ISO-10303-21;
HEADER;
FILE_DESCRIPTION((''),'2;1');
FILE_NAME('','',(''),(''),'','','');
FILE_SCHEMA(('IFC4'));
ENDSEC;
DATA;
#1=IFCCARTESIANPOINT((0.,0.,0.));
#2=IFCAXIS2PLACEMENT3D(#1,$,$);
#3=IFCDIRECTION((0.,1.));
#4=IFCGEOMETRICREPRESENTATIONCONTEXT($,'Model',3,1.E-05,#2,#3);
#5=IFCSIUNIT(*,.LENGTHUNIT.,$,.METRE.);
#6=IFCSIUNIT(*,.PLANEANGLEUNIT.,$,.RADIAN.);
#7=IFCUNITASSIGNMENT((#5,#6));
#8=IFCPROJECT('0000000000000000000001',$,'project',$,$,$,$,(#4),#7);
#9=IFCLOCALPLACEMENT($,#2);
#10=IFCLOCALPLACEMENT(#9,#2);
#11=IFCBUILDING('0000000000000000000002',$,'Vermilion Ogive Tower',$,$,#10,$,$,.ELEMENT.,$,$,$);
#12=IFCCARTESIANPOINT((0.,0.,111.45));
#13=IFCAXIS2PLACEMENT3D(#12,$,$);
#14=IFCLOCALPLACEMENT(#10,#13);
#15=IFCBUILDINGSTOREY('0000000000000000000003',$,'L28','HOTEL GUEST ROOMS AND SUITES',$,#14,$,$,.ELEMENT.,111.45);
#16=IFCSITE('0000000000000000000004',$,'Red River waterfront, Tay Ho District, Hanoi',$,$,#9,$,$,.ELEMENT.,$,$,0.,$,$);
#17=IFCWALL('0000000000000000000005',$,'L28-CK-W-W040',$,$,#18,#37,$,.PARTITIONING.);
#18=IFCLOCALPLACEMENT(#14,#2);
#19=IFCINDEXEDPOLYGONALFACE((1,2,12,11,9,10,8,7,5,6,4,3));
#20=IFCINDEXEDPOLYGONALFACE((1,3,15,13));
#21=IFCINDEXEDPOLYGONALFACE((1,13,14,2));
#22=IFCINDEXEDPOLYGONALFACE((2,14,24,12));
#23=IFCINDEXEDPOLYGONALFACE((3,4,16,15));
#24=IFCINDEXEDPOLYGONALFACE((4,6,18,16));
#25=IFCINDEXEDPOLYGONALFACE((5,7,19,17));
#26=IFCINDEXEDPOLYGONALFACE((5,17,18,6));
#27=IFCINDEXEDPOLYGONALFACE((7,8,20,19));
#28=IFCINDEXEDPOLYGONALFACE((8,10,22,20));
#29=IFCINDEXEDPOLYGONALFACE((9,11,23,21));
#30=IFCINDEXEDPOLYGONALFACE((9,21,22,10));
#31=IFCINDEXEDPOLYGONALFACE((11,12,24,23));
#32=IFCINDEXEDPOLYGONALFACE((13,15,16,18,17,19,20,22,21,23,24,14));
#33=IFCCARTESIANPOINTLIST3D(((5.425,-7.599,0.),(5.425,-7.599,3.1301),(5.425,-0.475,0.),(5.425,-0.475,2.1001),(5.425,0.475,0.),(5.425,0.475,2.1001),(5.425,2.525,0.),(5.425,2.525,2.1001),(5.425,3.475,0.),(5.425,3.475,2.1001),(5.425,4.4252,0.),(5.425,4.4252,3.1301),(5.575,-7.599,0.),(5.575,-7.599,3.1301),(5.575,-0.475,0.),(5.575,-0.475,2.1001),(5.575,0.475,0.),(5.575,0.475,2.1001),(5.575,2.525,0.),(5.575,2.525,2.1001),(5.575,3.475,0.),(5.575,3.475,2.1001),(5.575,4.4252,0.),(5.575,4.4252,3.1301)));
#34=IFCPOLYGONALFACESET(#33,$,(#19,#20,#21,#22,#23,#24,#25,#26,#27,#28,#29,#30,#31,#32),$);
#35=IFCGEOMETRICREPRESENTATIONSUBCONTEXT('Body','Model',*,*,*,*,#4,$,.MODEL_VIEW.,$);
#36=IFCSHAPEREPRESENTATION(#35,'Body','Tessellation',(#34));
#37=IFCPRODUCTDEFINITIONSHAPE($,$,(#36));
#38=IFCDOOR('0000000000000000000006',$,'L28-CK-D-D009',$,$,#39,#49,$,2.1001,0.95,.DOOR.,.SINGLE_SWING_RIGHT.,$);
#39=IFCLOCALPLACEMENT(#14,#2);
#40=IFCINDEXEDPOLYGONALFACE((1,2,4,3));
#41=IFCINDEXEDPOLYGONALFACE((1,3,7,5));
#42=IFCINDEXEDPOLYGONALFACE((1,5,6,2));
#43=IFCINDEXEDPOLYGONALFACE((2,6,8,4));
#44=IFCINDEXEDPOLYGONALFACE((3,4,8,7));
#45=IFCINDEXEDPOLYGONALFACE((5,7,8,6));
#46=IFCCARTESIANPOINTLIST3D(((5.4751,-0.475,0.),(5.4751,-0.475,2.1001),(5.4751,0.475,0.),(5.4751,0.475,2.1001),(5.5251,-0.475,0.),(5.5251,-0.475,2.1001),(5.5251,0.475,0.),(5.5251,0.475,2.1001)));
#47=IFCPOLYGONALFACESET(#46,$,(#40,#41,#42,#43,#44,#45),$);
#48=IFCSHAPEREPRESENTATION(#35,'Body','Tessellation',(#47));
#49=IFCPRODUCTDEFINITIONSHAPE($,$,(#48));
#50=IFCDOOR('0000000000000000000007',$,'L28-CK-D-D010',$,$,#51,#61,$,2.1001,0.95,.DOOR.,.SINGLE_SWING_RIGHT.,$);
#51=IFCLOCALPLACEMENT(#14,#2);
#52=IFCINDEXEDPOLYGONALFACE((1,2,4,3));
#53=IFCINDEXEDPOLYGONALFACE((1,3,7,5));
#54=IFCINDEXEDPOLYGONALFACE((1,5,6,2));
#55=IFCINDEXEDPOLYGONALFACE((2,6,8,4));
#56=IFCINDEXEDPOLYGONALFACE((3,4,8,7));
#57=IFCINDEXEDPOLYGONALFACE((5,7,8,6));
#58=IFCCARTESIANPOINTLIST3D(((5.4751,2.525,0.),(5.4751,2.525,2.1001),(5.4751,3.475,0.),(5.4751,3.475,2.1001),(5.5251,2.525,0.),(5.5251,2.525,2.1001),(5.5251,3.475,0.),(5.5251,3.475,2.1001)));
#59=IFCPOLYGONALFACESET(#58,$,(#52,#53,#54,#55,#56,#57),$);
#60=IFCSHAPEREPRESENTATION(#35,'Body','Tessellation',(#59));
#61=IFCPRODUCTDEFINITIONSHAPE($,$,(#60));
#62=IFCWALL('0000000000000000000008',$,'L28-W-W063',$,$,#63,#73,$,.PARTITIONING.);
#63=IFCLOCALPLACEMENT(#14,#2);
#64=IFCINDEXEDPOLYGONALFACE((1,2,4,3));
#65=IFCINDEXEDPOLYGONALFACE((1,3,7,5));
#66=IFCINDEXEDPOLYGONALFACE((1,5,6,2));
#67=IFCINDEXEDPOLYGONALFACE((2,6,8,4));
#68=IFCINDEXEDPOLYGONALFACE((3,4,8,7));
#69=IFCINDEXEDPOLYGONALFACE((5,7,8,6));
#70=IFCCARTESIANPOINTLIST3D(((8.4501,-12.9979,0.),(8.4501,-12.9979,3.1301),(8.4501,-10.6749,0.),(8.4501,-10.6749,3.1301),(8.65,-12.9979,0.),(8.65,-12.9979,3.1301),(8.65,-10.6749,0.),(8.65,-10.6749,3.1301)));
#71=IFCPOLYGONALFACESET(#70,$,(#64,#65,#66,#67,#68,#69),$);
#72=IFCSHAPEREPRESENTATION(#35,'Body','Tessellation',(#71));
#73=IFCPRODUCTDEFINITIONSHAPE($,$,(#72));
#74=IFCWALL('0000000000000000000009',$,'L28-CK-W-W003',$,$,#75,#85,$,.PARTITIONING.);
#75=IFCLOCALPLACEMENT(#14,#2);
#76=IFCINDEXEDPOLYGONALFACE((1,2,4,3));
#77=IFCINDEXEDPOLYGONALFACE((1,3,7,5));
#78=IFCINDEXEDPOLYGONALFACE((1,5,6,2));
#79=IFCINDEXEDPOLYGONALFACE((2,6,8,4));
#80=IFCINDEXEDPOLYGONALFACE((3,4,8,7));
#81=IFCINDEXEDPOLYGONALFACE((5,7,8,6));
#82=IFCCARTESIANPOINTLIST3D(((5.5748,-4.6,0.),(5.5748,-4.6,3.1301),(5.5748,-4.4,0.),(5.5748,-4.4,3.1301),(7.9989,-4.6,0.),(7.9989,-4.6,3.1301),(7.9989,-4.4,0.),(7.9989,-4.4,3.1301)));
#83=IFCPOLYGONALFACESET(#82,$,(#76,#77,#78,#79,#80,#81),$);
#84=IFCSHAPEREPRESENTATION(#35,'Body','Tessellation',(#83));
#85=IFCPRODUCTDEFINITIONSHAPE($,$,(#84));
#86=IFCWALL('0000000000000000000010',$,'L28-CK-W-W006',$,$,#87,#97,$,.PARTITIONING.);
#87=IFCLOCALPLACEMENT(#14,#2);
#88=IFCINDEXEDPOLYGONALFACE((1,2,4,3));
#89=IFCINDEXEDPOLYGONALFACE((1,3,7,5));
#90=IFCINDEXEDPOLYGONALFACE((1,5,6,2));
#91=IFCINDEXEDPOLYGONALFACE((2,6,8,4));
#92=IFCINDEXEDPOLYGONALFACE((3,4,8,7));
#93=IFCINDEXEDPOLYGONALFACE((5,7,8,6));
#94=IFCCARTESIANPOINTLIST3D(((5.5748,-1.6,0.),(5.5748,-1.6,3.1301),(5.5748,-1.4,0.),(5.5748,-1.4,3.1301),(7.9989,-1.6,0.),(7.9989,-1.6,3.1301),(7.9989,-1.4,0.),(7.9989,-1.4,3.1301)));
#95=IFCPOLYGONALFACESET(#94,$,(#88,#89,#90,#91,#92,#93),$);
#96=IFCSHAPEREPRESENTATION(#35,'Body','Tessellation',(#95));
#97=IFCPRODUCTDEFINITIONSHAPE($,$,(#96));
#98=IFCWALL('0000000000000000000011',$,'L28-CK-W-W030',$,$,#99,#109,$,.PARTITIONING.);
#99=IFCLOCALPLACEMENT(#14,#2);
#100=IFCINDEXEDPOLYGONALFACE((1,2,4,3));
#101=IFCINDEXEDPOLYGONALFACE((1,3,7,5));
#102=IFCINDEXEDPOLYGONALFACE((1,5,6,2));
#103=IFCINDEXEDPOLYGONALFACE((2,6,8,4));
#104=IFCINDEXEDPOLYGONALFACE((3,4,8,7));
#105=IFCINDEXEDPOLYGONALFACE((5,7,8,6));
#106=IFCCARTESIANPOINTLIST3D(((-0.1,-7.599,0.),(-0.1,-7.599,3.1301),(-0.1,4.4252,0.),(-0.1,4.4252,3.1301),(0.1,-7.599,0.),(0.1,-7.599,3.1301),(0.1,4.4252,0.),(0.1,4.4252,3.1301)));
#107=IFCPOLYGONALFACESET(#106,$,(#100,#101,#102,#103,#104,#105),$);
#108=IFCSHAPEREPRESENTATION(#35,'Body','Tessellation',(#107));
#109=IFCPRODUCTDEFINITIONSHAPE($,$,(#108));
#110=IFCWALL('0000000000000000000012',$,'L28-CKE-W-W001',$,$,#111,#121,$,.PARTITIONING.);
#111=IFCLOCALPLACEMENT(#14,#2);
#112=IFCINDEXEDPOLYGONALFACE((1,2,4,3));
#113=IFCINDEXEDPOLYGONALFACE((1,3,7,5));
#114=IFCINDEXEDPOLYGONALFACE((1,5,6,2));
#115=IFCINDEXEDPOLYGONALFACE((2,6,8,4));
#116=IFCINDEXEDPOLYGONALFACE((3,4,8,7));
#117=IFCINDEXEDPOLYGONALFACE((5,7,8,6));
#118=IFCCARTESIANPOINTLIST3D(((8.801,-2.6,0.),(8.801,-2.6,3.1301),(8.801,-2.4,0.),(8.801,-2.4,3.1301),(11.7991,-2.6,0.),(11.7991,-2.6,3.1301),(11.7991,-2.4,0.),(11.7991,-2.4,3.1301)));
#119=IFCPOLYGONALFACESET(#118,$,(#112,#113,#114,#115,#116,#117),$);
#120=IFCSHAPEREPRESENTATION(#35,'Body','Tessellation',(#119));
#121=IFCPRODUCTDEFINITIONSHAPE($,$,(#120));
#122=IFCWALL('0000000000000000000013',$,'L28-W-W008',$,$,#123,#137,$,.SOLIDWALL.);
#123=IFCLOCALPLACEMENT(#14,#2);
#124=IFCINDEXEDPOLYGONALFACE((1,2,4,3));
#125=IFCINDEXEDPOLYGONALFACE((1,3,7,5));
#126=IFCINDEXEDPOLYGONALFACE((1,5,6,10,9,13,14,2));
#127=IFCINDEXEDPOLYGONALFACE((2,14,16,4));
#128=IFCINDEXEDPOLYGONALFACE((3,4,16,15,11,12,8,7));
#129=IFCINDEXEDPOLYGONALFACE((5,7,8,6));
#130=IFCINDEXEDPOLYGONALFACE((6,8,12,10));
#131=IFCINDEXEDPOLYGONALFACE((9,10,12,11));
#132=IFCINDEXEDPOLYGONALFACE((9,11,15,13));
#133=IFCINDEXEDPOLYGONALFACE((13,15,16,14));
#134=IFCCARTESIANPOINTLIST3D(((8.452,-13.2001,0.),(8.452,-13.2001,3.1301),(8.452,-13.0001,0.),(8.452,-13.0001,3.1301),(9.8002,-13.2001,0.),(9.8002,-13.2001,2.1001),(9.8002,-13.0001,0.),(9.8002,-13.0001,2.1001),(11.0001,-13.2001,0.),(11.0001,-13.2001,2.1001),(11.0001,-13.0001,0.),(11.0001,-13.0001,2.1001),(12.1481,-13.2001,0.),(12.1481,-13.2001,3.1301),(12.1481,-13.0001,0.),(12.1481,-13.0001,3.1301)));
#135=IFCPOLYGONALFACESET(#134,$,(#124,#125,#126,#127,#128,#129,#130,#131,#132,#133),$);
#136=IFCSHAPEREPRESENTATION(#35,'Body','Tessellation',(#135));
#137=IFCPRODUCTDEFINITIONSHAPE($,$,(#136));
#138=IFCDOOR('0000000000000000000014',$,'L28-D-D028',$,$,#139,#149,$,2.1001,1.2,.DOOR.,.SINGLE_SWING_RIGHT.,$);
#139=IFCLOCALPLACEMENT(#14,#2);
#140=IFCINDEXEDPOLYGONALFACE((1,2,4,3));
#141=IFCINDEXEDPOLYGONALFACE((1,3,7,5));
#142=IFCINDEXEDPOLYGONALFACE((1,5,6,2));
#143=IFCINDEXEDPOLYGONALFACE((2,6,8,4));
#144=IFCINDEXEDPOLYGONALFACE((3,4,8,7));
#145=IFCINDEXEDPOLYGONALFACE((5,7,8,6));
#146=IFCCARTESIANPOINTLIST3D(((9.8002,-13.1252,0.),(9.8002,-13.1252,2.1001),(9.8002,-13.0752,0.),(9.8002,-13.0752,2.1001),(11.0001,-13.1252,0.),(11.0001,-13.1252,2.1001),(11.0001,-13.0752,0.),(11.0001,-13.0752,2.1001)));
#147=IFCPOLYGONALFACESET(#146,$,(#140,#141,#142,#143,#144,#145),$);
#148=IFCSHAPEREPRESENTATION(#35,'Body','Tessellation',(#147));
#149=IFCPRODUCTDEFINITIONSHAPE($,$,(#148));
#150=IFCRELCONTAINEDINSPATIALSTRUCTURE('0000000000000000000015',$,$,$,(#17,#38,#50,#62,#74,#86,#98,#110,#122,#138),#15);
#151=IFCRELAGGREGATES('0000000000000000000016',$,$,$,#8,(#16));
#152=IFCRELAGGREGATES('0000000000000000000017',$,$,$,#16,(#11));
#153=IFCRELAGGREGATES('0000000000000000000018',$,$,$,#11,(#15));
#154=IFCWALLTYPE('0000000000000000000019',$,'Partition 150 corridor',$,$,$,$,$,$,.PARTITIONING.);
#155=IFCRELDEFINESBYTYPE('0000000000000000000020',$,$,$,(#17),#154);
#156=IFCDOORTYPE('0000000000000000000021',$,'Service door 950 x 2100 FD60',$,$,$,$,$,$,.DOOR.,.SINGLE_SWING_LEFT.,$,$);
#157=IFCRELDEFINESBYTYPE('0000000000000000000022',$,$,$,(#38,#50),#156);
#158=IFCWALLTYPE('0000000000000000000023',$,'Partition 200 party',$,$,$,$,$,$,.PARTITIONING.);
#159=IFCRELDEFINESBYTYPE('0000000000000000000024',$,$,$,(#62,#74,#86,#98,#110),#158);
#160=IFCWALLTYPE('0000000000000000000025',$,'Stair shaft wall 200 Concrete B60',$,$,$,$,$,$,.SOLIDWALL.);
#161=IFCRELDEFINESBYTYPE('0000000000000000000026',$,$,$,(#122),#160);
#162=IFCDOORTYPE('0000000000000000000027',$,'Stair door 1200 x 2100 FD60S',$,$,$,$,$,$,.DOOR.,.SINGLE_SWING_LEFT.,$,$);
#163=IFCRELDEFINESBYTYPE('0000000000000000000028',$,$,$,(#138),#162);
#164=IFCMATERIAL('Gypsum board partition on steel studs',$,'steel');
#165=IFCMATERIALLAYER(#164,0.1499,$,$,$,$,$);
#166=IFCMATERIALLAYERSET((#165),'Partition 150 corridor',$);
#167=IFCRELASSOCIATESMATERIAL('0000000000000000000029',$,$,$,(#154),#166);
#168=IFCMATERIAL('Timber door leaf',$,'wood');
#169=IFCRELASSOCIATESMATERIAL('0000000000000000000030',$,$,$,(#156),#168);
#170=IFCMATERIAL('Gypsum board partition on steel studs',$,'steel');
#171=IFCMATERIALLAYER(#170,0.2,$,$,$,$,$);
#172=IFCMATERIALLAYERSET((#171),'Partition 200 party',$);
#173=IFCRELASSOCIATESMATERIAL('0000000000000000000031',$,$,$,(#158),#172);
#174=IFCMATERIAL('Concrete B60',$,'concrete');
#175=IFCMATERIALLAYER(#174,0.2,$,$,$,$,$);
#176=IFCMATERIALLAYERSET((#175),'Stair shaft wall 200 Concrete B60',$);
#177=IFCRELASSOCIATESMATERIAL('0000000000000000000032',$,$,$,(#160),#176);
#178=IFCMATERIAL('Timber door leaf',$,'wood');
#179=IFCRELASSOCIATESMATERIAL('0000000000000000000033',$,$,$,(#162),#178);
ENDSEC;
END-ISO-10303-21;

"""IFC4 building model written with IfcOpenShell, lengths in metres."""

from ifc_helpers import new_model, si_unit, direction, frame, frame_2d, origin, place, context, subcontext, project, spatial, rectangle, extrude, material, layer, layer_set, type_object, element, fill, save


model = new_model("IFC4")

# Units and contexts
model_context = context("Model", 3, precision=1e-05, world=origin(), true_north=direction((0.0, 1.0)))
body_context = subcontext(model_context, "Body", "Model", "MODEL_VIEW")
ifc_project = project(units=[si_unit("LENGTHUNIT", "METRE"), si_unit("PLANEANGLEUNIT", "RADIAN")], contexts=[model_context])

# Site, building, storey
site_placement = place(None, origin())
site = spatial("IfcSite", under=ifc_project, at=site_placement, Name="Red River waterfront, Tay Ho District, Hanoi", CompositionType="ELEMENT", RefElevation=0.0)
building_placement = place(site_placement, origin())
building = spatial("IfcBuilding", under=site, at=building_placement, Name="Vermilion Ogive Tower", CompositionType="ELEMENT")
storey_placement = place(building_placement, frame((0.0, 0.0, 111.45)))
storey = spatial("IfcBuildingStorey", under=building, at=storey_placement, Name="L28", Description="HOTEL GUEST ROOMS AND SUITES", CompositionType="ELEMENT", Elevation=111.45)

# Shared definitions
ifc_material_1 = material(Name="Gypsum board partition on steel studs", Category="steel")
ifc_layer_1 = layer(ifc_material_1, 0.1499)
ifc_layer_set_1 = layer_set([ifc_layer_1], Name="Partition 150 corridor")
wall_type_1 = type_object("IfcWallType", Name="Partition 150 corridor", PredefinedType="PARTITIONING", material=ifc_layer_set_1)

# Wall, openings, doors
wall_1_placement = place(storey_placement, frame((5.5, -7.5991, 0.0), z_axis=(0.0, 0.0, 1.0), x_axis=(0.0, 1.0, 0.0)))
wall_1 = element("IfcWall", 1, at=wall_1_placement, inside=storey, type_object=wall_type_1, Name="L28-CK-W-W040", PredefinedType="PARTITIONING", context=body_context, shape_type="SweptSolid", body=[
    extrude(rectangle(XDim=12.0242, YDim=0.1499, at=frame_2d((6.0122, 0.0))), origin(), (0.0, 0.0, 1.0), 3.1301),
])
opening_1_placement = place(wall_1_placement, frame((7.124, 0.0, 0.0)))
opening_1 = element("IfcOpeningElement", 2, at=opening_1_placement, cuts=wall_1, PredefinedType="OPENING", context=body_context, shape_type="SweptSolid", body=[
    extrude(rectangle(XDim=0.95, YDim=2.1001, at=frame_2d((0.4751, 1.05))), frame((0.0, 0.085, 0.0), z_axis=(0.0, -1.0, 0.0), x_axis=(1.0, 0.0, 0.0)), (0.0, 0.0, 1.0), 0.1699),
])
opening_2_placement = place(wall_1_placement, frame((10.124, 0.0, 0.0)))
opening_2 = element("IfcOpeningElement", 3, at=opening_2_placement, cuts=wall_1, PredefinedType="OPENING", context=body_context, shape_type="SweptSolid", body=[
    extrude(rectangle(XDim=0.95, YDim=2.1001, at=frame_2d((0.4751, 1.05))), frame((0.0, 0.085, 0.0), z_axis=(0.0, -1.0, 0.0), x_axis=(1.0, 0.0, 0.0)), (0.0, 0.0, 1.0), 0.1699),
])
ifc_material_2 = material(Name="Timber door leaf", Category="wood")
door_type_1 = type_object("IfcDoorType", Name="Service door 950 x 2100 FD60", OperationType="SINGLE_SWING_LEFT", PredefinedType="DOOR", material=ifc_material_2)
door_1_placement = place(opening_1_placement, origin())
door_1 = element("IfcDoor", 4, at=door_1_placement, inside=storey, type_object=door_type_1, Name="L28-CK-D-D009", OperationType="SINGLE_SWING_RIGHT", OverallHeight=2.1001, OverallWidth=0.95, PredefinedType="DOOR", context=body_context, shape_type="SweptSolid", body=[
    extrude(rectangle(XDim=0.95, YDim=2.1001, at=frame_2d((0.4751, 1.05))), frame((0.0, 0.0249, 0.0), z_axis=(0.0, -1.0, 0.0), x_axis=(1.0, 0.0, 0.0)), (0.0, 0.0, 1.0), 0.05),
])
fill(opening_1, door_1)
door_2_placement = place(opening_2_placement, origin())
door_2 = element("IfcDoor", 5, at=door_2_placement, inside=storey, type_object=door_type_1, Name="L28-CK-D-D010", OperationType="SINGLE_SWING_RIGHT", OverallHeight=2.1001, OverallWidth=0.95, PredefinedType="DOOR", context=body_context, shape_type="SweptSolid", body=[
    extrude(rectangle(XDim=0.95, YDim=2.1001, at=frame_2d((0.4751, 1.05))), frame((0.0, 0.0249, 0.0), z_axis=(0.0, -1.0, 0.0), x_axis=(1.0, 0.0, 0.0)), (0.0, 0.0, 1.0), 0.05),
])
fill(opening_2, door_2)

# Walls
ifc_material_3 = material(Name="Gypsum board partition on steel studs", Category="steel")
ifc_layer_2 = layer(ifc_material_3, 0.2)
ifc_layer_set_2 = layer_set([ifc_layer_2], Name="Partition 200 party")
wall_type_2 = type_object("IfcWallType", Name="Partition 200 party", PredefinedType="PARTITIONING", material=ifc_layer_set_2)
wall_2_placement = place(storey_placement, frame((8.55, -12.998, 0.0), z_axis=(0.0, 0.0, 1.0), x_axis=(0.0, 1.0, 0.0)))
element("IfcWall", 6, at=wall_2_placement, inside=storey, type_object=wall_type_2, Name="L28-W-W063", PredefinedType="PARTITIONING", context=body_context, shape_type="SweptSolid", body=[
    extrude(rectangle(XDim=2.323, YDim=0.2, at=frame_2d((1.1616, 0.0))), origin(), (0.0, 0.0, 1.0), 3.1301),
])
for number, where, z_axis, x_axis, name in (
    (7, (5.575, -4.5, 0.0), (0.0, 0.0, 1.0), (1.0, 0.0, 0.0), "L28-CK-W-W003"),
    (8, (5.575, -1.5, 0.0), (0.0, 0.0, 1.0), (1.0, 0.0, 0.0), "L28-CK-W-W006"),
):
    element("IfcWall", number, at=place(storey_placement, frame(where, z_axis=z_axis, x_axis=x_axis)), inside=storey, type_object=wall_type_2, Name=name, PredefinedType="PARTITIONING", context=body_context, shape_type="SweptSolid", body=[
        extrude(rectangle(XDim=2.4241, YDim=0.2, at=frame_2d((1.2119, 0.0))), origin(), (0.0, 0.0, 1.0), 3.1301),
    ])
wall_3_placement = place(storey_placement, frame((0.0, -7.5991, 0.0), z_axis=(0.0, 0.0, 1.0), x_axis=(0.0, 1.0, 0.0)))
element("IfcWall", 9, at=wall_3_placement, inside=storey, type_object=wall_type_2, Name="L28-CK-W-W030", PredefinedType="PARTITIONING", context=body_context, shape_type="SweptSolid", body=[
    extrude(rectangle(XDim=12.0242, YDim=0.2, at=frame_2d((6.0122, 0.0))), origin(), (0.0, 0.0, 1.0), 3.1301),
])
wall_4_placement = place(storey_placement, frame((8.801, -2.5, 0.0), z_axis=(0.0, 0.0, 1.0), x_axis=(1.0, 0.0, 0.0)))
element("IfcWall", 10, at=wall_4_placement, inside=storey, type_object=wall_type_2, Name="L28-CKE-W-W001", PredefinedType="PARTITIONING", context=body_context, shape_type="SweptSolid", body=[
    extrude(rectangle(XDim=2.998, YDim=0.2, at=frame_2d((1.499, 0.0))), origin(), (0.0, 0.0, 1.0), 3.1301),
])

# Wall, opening, door
ifc_material_4 = material(Name="Concrete B60", Category="concrete")
ifc_layer_3 = layer(ifc_material_4, 0.2)
ifc_layer_set_3 = layer_set([ifc_layer_3], Name="Stair shaft wall 200 Concrete B60")
wall_type_3 = type_object("IfcWallType", Name="Stair shaft wall 200 Concrete B60", PredefinedType="SOLIDWALL", material=ifc_layer_set_3)
wall_5_placement = place(storey_placement, frame((8.4519, -13.1001, 0.0), z_axis=(0.0, 0.0, 1.0), x_axis=(1.0, 0.0, 0.0)))
wall_5 = element("IfcWall", 11, at=wall_5_placement, inside=storey, type_object=wall_type_3, Name="L28-W-W008", PredefinedType="SOLIDWALL", context=body_context, shape_type="SweptSolid", body=[
    extrude(rectangle(XDim=3.696, YDim=0.2, at=frame_2d((1.8481, 0.0))), origin(), (0.0, 0.0, 1.0), 3.1301),
])
opening_3_placement = place(wall_5_placement, frame((1.3481, 0.0, 0.0)))
opening_3 = element("IfcOpeningElement", 12, at=opening_3_placement, cuts=wall_5, PredefinedType="OPENING", context=body_context, shape_type="SweptSolid", body=[
    extrude(rectangle(XDim=1.2, YDim=2.1001, at=frame_2d((0.6001, 1.05))), frame((0.0, 0.1099, 0.0), z_axis=(0.0, -1.0, 0.0), x_axis=(1.0, 0.0, 0.0)), (0.0, 0.0, 1.0), 0.22),
])
ifc_material_5 = material(Name="Timber door leaf", Category="wood")
door_type_2 = type_object("IfcDoorType", Name="Stair door 1200 x 2100 FD60S", OperationType="SINGLE_SWING_LEFT", PredefinedType="DOOR", material=ifc_material_5)
door_3_placement = place(opening_3_placement, origin())
door_3 = element("IfcDoor", 13, at=door_3_placement, inside=storey, type_object=door_type_2, Name="L28-D-D028", OperationType="SINGLE_SWING_RIGHT", OverallHeight=2.1001, OverallWidth=1.2, PredefinedType="DOOR", context=body_context, shape_type="SweptSolid", body=[
    extrude(rectangle(XDim=1.2, YDim=2.1001, at=frame_2d((0.6001, 1.05))), frame((0.0, 0.0249, 0.0), z_axis=(0.0, -1.0, 0.0), x_axis=(1.0, 0.0, 0.0)), (0.0, 0.0, 1.0), 0.05),
])
fill(opening_3, door_3)

save(model, "model.ifc")
